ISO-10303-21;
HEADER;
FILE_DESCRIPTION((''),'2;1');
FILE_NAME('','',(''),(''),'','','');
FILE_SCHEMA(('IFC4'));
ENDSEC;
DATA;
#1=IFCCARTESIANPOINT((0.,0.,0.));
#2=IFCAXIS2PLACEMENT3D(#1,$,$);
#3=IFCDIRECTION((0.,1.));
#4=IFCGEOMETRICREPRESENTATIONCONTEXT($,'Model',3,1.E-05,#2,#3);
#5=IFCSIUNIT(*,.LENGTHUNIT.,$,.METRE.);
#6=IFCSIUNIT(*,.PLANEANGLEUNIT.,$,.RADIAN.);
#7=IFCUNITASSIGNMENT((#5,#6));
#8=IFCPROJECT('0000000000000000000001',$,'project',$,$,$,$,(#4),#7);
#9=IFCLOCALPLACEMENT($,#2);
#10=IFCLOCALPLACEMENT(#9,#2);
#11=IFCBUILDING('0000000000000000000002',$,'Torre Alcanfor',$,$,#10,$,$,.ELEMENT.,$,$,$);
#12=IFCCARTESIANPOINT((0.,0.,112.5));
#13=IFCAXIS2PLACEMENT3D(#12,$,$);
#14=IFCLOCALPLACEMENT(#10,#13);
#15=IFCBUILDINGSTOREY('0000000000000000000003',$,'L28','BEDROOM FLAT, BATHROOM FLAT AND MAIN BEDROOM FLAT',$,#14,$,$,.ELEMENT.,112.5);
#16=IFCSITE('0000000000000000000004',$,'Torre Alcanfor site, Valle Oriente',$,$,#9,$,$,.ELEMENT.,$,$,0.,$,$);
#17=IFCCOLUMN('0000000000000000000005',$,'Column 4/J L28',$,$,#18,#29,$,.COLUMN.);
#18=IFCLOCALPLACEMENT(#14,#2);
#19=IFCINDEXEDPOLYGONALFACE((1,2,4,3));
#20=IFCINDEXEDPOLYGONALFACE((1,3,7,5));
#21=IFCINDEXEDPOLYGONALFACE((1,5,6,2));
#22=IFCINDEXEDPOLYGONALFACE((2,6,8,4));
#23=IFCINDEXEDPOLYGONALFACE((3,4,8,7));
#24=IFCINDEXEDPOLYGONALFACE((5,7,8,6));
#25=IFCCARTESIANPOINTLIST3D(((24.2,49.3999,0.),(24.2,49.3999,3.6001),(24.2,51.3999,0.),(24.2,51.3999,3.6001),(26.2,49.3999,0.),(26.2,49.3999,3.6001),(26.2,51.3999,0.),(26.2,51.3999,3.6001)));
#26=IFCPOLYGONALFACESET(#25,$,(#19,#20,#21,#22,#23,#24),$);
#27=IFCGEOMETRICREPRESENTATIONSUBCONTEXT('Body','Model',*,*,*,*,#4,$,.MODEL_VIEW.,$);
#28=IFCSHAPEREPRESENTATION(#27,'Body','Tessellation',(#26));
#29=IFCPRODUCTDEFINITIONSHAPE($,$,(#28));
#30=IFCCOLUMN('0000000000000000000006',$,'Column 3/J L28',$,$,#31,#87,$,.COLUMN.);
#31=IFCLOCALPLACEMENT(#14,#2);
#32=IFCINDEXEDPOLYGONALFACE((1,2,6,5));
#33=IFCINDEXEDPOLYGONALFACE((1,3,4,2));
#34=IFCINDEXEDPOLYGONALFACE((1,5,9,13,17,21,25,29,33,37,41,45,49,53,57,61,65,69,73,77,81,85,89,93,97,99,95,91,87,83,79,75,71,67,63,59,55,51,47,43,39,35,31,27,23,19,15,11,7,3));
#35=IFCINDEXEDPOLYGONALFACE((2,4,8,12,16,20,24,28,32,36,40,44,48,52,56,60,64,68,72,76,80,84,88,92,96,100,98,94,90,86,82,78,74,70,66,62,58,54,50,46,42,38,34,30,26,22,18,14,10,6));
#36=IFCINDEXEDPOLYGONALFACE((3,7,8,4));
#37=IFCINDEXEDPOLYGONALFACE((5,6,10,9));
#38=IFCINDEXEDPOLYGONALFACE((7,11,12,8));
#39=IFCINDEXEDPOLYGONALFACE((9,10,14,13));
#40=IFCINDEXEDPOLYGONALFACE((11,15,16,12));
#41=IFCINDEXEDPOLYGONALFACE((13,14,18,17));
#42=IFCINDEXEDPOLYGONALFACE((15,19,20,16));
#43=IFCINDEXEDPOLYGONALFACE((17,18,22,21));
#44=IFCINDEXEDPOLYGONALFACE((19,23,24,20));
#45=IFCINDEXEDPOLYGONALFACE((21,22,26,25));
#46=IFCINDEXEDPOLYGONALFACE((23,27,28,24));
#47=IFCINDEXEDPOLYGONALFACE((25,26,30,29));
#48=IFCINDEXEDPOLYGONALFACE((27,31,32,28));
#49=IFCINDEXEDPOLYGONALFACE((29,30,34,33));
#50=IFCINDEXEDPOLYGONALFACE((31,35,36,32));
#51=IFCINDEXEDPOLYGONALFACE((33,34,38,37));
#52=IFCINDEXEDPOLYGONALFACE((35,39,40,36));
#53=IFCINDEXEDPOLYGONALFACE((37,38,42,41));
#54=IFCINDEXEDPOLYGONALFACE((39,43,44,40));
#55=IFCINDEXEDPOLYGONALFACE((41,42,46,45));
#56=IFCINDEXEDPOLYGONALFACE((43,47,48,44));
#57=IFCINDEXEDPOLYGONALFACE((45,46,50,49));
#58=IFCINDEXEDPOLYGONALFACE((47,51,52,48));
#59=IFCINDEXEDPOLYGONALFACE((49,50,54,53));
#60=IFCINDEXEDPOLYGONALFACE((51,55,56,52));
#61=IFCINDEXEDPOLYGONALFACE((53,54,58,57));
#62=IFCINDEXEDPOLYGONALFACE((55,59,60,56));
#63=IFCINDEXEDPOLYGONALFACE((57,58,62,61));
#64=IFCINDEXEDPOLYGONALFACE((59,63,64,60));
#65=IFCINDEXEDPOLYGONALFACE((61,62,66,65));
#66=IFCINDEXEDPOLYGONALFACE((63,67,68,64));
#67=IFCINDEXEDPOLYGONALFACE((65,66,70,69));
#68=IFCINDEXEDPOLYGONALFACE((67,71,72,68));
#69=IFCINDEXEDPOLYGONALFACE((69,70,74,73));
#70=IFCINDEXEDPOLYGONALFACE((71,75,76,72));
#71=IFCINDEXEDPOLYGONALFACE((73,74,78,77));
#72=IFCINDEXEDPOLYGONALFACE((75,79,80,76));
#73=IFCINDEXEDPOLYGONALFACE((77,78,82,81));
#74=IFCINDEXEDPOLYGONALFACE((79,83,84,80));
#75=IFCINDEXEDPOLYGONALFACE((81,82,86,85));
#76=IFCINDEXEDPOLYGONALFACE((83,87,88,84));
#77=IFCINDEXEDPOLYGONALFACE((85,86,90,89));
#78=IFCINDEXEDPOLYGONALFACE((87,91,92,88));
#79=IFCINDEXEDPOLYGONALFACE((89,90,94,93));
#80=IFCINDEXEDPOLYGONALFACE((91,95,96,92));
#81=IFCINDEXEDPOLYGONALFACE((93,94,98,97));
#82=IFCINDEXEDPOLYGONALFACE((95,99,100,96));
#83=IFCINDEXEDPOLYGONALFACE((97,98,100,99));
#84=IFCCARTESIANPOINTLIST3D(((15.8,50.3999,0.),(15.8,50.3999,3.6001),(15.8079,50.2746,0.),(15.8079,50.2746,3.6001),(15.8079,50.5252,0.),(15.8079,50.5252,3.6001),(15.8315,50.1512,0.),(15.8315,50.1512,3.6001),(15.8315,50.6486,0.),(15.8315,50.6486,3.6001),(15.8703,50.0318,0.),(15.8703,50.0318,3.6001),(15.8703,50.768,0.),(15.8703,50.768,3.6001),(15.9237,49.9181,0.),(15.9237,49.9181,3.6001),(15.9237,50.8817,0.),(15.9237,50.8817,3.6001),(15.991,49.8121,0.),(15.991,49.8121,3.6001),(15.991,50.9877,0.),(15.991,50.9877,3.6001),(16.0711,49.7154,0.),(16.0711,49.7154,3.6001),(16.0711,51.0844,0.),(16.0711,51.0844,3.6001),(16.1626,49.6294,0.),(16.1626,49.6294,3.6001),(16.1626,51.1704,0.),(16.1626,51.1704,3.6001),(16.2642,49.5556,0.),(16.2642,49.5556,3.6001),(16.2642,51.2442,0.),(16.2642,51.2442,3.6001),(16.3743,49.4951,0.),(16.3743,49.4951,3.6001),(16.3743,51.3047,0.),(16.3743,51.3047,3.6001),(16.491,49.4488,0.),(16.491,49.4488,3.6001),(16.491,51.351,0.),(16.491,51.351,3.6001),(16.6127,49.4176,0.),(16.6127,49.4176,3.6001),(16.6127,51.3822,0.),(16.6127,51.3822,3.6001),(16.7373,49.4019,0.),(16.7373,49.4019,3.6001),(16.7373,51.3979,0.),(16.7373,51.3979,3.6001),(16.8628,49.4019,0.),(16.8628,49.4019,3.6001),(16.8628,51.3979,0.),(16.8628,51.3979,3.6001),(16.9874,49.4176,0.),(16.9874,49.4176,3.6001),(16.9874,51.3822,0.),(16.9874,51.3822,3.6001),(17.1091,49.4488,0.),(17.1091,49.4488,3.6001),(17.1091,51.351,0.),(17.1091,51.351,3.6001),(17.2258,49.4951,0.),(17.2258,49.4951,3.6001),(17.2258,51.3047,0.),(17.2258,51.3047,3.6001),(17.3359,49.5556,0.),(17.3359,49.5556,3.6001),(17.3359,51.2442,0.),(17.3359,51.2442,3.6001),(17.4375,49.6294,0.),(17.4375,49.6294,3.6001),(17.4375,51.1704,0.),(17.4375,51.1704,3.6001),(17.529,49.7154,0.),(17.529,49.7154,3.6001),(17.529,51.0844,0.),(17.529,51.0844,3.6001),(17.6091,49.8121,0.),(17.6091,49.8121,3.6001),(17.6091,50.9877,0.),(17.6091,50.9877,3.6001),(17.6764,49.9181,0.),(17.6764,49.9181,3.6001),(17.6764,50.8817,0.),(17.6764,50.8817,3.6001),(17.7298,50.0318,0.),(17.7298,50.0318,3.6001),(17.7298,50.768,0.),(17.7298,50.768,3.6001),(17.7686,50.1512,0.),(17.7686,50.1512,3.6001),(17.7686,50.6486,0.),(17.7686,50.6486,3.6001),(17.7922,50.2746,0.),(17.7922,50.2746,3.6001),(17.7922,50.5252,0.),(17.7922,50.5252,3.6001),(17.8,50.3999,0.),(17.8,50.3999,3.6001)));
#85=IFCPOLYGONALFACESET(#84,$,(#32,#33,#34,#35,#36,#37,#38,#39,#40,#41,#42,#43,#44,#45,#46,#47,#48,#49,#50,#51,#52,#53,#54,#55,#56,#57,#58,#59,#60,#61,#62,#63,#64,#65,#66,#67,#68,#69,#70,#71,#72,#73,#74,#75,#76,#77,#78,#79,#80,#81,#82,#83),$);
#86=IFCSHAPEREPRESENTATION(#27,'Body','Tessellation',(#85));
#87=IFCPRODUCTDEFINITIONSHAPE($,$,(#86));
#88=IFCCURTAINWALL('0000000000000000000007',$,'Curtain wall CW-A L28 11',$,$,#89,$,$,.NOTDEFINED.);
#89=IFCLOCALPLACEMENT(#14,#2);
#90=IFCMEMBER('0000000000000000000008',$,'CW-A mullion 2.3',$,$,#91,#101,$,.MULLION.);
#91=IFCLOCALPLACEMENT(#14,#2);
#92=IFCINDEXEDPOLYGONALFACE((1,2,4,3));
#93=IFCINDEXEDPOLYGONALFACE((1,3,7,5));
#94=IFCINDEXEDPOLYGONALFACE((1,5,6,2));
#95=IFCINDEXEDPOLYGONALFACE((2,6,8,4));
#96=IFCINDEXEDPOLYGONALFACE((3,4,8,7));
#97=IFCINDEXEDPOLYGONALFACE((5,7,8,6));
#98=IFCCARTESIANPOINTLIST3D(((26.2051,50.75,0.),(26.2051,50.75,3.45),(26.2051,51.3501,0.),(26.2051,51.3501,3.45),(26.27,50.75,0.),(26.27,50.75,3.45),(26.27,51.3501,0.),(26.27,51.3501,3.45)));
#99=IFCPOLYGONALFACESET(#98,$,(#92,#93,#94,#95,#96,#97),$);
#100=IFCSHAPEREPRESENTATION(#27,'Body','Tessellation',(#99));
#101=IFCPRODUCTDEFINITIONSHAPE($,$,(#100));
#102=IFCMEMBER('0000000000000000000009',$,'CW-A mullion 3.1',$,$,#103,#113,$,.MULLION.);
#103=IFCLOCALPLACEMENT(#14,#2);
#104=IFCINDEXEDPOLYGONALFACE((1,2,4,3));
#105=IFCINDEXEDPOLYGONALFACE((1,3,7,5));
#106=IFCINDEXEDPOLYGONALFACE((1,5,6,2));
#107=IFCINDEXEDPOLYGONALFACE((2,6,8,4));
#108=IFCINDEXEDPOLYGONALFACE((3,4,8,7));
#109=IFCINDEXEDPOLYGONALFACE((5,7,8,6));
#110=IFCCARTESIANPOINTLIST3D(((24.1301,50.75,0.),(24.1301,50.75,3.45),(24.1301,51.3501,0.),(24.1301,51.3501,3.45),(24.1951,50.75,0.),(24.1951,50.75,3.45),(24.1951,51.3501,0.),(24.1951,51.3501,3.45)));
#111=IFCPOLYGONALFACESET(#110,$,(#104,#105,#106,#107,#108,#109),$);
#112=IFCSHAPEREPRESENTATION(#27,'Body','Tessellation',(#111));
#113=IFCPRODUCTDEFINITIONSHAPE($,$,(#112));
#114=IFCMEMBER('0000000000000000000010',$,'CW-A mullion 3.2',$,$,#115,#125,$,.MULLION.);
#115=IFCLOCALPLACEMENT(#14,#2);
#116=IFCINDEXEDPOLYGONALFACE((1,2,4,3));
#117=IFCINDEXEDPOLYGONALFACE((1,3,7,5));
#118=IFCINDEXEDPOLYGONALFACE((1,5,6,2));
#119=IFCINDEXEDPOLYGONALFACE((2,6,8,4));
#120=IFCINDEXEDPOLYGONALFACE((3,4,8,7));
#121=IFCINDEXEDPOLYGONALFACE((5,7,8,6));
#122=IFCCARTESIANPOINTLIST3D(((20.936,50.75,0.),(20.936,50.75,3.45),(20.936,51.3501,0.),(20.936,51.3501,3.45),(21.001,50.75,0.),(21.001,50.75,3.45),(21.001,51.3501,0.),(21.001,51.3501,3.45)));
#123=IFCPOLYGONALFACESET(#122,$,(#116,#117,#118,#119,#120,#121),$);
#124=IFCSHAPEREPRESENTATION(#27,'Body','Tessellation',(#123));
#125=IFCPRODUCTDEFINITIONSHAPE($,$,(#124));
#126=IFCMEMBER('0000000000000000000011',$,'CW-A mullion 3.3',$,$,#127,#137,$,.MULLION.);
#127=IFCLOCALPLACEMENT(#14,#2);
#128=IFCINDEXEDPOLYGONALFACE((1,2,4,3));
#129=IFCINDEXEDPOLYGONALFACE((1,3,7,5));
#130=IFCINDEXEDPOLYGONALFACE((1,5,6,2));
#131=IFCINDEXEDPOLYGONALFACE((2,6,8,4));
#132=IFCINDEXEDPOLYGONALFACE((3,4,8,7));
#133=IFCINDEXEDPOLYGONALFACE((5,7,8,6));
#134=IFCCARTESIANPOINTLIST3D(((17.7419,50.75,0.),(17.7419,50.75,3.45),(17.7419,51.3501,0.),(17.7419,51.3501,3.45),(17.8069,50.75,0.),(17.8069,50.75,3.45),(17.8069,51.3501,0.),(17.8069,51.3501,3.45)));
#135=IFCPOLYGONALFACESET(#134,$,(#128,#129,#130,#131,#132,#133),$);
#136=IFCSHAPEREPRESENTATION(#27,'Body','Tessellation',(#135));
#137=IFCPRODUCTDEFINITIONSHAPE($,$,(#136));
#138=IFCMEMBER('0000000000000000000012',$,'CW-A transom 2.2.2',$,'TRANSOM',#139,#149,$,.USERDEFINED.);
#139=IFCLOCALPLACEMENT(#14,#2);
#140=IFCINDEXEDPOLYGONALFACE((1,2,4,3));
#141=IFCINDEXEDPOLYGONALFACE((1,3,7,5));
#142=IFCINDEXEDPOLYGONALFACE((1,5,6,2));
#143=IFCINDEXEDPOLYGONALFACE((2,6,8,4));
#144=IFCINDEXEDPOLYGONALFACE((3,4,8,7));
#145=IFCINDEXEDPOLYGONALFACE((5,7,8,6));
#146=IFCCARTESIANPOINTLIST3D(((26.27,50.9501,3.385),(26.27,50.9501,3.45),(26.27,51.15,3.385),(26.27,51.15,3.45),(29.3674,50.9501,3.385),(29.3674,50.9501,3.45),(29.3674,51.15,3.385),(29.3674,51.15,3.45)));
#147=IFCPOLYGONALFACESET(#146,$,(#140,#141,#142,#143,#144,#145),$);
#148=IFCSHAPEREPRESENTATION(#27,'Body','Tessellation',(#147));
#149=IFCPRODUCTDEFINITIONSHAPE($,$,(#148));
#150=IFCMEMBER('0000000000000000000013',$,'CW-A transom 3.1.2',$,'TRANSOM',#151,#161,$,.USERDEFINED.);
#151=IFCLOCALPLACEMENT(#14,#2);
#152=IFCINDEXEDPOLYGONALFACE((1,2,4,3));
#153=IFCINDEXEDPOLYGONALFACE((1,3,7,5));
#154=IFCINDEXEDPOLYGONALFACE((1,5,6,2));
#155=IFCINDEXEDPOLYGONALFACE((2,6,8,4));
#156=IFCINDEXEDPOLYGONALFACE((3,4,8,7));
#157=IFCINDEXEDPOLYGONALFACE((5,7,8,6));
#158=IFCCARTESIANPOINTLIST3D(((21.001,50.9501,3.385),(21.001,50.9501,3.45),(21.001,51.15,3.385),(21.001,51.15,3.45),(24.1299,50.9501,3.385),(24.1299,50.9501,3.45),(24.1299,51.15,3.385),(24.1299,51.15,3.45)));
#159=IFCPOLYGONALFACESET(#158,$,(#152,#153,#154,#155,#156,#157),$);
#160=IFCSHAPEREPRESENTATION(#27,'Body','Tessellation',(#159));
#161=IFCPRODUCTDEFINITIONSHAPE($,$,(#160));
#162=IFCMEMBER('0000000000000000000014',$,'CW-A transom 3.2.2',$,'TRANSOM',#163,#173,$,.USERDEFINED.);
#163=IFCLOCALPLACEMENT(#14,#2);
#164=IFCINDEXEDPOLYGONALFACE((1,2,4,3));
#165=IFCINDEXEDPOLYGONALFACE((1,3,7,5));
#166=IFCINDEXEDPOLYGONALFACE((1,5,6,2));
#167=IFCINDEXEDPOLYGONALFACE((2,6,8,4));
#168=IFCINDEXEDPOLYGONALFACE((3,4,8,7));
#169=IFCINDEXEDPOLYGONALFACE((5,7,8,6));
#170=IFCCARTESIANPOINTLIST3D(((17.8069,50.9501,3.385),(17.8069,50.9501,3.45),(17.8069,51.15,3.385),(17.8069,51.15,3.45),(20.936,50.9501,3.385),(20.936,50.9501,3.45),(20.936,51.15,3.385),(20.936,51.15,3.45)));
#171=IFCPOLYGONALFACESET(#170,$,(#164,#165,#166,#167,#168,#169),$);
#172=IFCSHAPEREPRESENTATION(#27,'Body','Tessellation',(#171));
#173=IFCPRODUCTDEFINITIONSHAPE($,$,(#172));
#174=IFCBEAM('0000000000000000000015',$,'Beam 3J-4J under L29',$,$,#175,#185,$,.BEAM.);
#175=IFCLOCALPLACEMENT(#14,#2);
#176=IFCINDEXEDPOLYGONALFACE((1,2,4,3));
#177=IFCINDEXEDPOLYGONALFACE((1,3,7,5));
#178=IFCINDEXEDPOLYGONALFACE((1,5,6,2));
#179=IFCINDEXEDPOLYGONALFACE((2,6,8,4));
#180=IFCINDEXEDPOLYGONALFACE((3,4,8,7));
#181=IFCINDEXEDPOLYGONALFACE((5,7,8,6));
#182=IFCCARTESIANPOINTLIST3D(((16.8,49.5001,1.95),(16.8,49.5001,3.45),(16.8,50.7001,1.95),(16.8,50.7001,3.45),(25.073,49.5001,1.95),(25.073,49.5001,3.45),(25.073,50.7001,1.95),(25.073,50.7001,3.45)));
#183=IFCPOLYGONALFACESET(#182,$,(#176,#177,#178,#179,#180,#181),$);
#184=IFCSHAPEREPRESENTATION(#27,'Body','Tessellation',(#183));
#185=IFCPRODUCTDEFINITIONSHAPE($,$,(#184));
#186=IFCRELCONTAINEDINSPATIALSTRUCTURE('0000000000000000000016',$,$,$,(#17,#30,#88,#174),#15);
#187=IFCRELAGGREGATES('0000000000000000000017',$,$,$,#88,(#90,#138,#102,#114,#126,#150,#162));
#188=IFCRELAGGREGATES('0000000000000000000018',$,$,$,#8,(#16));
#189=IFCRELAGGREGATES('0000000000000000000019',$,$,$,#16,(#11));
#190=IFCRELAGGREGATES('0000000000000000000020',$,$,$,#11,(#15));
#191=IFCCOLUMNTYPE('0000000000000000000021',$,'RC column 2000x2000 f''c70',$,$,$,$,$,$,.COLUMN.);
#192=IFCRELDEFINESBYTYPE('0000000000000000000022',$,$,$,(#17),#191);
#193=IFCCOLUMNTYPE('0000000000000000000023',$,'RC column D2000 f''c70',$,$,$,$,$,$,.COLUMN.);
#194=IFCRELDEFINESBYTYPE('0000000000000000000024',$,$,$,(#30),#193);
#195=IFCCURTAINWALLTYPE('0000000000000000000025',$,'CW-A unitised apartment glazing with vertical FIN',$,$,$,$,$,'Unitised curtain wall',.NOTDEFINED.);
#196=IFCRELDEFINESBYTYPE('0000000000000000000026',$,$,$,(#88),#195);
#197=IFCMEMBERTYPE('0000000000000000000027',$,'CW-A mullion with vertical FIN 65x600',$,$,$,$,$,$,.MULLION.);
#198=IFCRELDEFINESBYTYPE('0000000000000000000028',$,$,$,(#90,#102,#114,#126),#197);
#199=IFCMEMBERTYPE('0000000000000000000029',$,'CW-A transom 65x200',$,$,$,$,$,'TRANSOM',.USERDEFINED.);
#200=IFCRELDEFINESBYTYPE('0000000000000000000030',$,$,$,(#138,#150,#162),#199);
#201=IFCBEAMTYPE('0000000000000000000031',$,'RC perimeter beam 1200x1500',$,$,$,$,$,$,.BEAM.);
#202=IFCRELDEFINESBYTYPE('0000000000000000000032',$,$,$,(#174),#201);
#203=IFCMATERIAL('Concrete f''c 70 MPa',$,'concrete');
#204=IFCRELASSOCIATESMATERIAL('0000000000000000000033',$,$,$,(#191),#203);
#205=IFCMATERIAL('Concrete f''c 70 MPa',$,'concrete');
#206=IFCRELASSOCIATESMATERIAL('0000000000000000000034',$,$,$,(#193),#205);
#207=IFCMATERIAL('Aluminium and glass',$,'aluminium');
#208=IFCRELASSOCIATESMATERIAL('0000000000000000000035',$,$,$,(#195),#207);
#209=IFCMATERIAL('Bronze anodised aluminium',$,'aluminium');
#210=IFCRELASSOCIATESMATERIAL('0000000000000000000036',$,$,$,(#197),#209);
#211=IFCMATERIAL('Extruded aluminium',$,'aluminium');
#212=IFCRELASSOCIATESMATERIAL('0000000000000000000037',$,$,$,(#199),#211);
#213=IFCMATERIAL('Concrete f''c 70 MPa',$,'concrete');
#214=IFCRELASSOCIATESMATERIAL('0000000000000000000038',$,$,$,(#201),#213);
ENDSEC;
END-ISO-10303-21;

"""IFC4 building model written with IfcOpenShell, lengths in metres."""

from ifc_helpers import new_model, si_unit, direction, frame, origin, origin_2d, place, context, subcontext, project, spatial, rectangle, circle, extrude, material, material_profile, profile_set, type_object, element, aggregate, save


model = new_model("IFC4")

# Units and contexts
model_context = context("Model", 3, precision=1e-05, world=origin(), true_north=direction((0.0, 1.0)))
body_context = subcontext(model_context, "Body", "Model", "MODEL_VIEW")
ifc_project = project(units=[si_unit("LENGTHUNIT", "METRE"), si_unit("PLANEANGLEUNIT", "RADIAN")], contexts=[model_context])

# Site, building, storey
site_placement = place(None, origin())
site = spatial("IfcSite", under=ifc_project, at=site_placement, Name="Torre Alcanfor site, Valle Oriente", CompositionType="ELEMENT", RefElevation=0.0)
building_placement = place(site_placement, origin())
building = spatial("IfcBuilding", under=site, at=building_placement, Name="Torre Alcanfor", CompositionType="ELEMENT")
storey_placement = place(building_placement, frame((0.0, 0.0, 112.5)))
storey = spatial("IfcBuildingStorey", under=building, at=storey_placement, Name="L28", Description="BEDROOM FLAT, BATHROOM FLAT AND MAIN BEDROOM FLAT", CompositionType="ELEMENT", Elevation=112.5)

# Columns
ifc_material_1 = material(Name="Concrete f'c 70 MPa", Category="concrete")
ifc_material_profile_1 = material_profile(ifc_material_1, rectangle(XDim=2.0, YDim=2.0, at=origin_2d()), Name="2000x2000")
ifc_profile_set_1 = profile_set([ifc_material_profile_1], Name="Concrete f'c 70 MPa")
column_type_1 = type_object("IfcColumnType", Name="RC column 2000x2000 f'c70", PredefinedType="COLUMN", material=ifc_profile_set_1)
column_1_placement = place(storey_placement, frame((25.2, 50.3999, 0.0), z_axis=(0.0, 0.0, 1.0), x_axis=(1.0, 0.0, 0.0)))
element("IfcColumn", 1, at=column_1_placement, inside=storey, type_object=column_type_1, Name="Column 4/J L28", PredefinedType="COLUMN", context=body_context, shape_type="SweptSolid", body=[
    extrude(rectangle(XDim=2.0, YDim=2.0, at=origin_2d()), origin(), (0.0, 0.0, 1.0), 3.6001),
])
ifc_material_2 = material(Name="Concrete f'c 70 MPa", Category="concrete")
ifc_material_profile_2 = material_profile(ifc_material_2, circle(Radius=1.0, at=origin_2d()), Name="D2000")
ifc_profile_set_2 = profile_set([ifc_material_profile_2], Name="Concrete f'c 70 MPa")
column_type_2 = type_object("IfcColumnType", Name="RC column D2000 f'c70", PredefinedType="COLUMN", material=ifc_profile_set_2)
column_2_placement = place(storey_placement, frame((16.8, 50.3999, 0.0), z_axis=(0.0, 0.0, 1.0), x_axis=(1.0, 0.0, 0.0)))
element("IfcColumn", 2, at=column_2_placement, inside=storey, type_object=column_type_2, Name="Column 3/J L28", PredefinedType="COLUMN", context=body_context, shape_type="SweptSolid", body=[
    extrude(circle(Radius=1.0, at=origin_2d()), origin(), (0.0, 0.0, 1.0), 3.6001),
])

# Curtain wall, members
ifc_material_3 = material(Name="Aluminium and glass", Category="aluminium")
curtain_wall_type = type_object("IfcCurtainWallType", Name="CW-A unitised apartment glazing with vertical FIN", ElementType="Unitised curtain wall", PredefinedType="NOTDEFINED", material=ifc_material_3)
curtain_wall_placement = place(storey_placement, origin())
curtain_wall = element("IfcCurtainWall", 3, at=curtain_wall_placement, inside=storey, type_object=curtain_wall_type, Name="Curtain wall CW-A L28 11", PredefinedType="NOTDEFINED")
ifc_material_4 = material(Name="Bronze anodised aluminium", Category="aluminium")
ifc_material_profile_3 = material_profile(ifc_material_4, rectangle(XDim=0.6001, YDim=0.0649, at=origin_2d()), Name="CW-A mullion 65x600")
ifc_profile_set_3 = profile_set([ifc_material_profile_3], Name="Bronze anodised aluminium")
member_type_1 = type_object("IfcMemberType", Name="CW-A mullion with vertical FIN 65x600", PredefinedType="MULLION", material=ifc_profile_set_3)
member_1_placement = place(storey_placement, frame((26.2375, 51.05, 0.0), z_axis=(0.0, 0.0, 1.0), x_axis=(0.0, -1.0, 0.0)))
member_1 = element("IfcMember", 4, at=member_1_placement, type_object=member_type_1, Name="CW-A mullion 2.3", PredefinedType="MULLION", context=body_context, shape_type="SweptSolid", body=[
    extrude(rectangle(XDim=0.6001, YDim=0.0649, at=origin_2d()), origin(), (0.0, 0.0, 1.0), 3.45),
])
member_2_placement = place(storey_placement, frame((24.1626, 51.05, 0.0), z_axis=(0.0, 0.0, 1.0), x_axis=(0.0, -1.0, 0.0)))
member_2 = element("IfcMember", 5, at=member_2_placement, type_object=member_type_1, Name="CW-A mullion 3.1", PredefinedType="MULLION", context=body_context, shape_type="SweptSolid", body=[
    extrude(rectangle(XDim=0.6001, YDim=0.0649, at=origin_2d()), origin(), (0.0, 0.0, 1.0), 3.45),
])
member_3_placement = place(storey_placement, frame((20.9685, 51.05, 0.0), z_axis=(0.0, 0.0, 1.0), x_axis=(0.0, -1.0, 0.0)))
member_3 = element("IfcMember", 6, at=member_3_placement, type_object=member_type_1, Name="CW-A mullion 3.2", PredefinedType="MULLION", context=body_context, shape_type="SweptSolid", body=[
    extrude(rectangle(XDim=0.6001, YDim=0.0649, at=origin_2d()), origin(), (0.0, 0.0, 1.0), 3.45),
])
member_4_placement = place(storey_placement, frame((17.7744, 51.05, 0.0), z_axis=(0.0, 0.0, 1.0), x_axis=(0.0, -1.0, 0.0)))
member_4 = element("IfcMember", 7, at=member_4_placement, type_object=member_type_1, Name="CW-A mullion 3.3", PredefinedType="MULLION", context=body_context, shape_type="SweptSolid", body=[
    extrude(rectangle(XDim=0.6001, YDim=0.0649, at=origin_2d()), origin(), (0.0, 0.0, 1.0), 3.45),
])
ifc_material_5 = material(Name="Extruded aluminium", Category="aluminium")
ifc_material_profile_4 = material_profile(ifc_material_5, rectangle(XDim=0.2, YDim=0.0649, at=origin_2d()), Name="CW-A transom 200x65")
ifc_profile_set_4 = profile_set([ifc_material_profile_4], Name="Extruded aluminium")
member_type_2 = type_object("IfcMemberType", Name="CW-A transom 65x200", ElementType="TRANSOM", PredefinedType="USERDEFINED", material=ifc_profile_set_4)
member_5_placement = place(storey_placement, frame((29.3674, 51.05, 3.4175), z_axis=(-1.0, 0.0, 0.0), x_axis=(0.0, -1.0, 0.0)))
member_5 = element("IfcMember", 8, at=member_5_placement, type_object=member_type_2, Name="CW-A transom 2.2.2", ObjectType="TRANSOM", PredefinedType="USERDEFINED", context=body_context, shape_type="SweptSolid", body=[
    extrude(rectangle(XDim=0.2, YDim=0.0649, at=origin_2d()), origin(), (0.0, 0.0, 1.0), 3.0974),
])
member_6_placement = place(storey_placement, frame((24.1299, 51.05, 3.4175), z_axis=(-1.0, 0.0, 0.0), x_axis=(0.0, -1.0, 0.0)))
member_6 = element("IfcMember", 9, at=member_6_placement, type_object=member_type_2, Name="CW-A transom 3.1.2", ObjectType="TRANSOM", PredefinedType="USERDEFINED", context=body_context, shape_type="SweptSolid", body=[
    extrude(rectangle(XDim=0.2, YDim=0.0649, at=origin_2d()), origin(), (0.0, 0.0, 1.0), 3.1289),
])
member_7_placement = place(storey_placement, frame((20.936, 51.05, 3.4175), z_axis=(-1.0, 0.0, 0.0), x_axis=(0.0, -1.0, 0.0)))
member_7 = element("IfcMember", 10, at=member_7_placement, type_object=member_type_2, Name="CW-A transom 3.2.2", ObjectType="TRANSOM", PredefinedType="USERDEFINED", context=body_context, shape_type="SweptSolid", body=[
    extrude(rectangle(XDim=0.2, YDim=0.0649, at=origin_2d()), origin(), (0.0, 0.0, 1.0), 3.1292),
])

# Beam
ifc_material_6 = material(Name="Concrete f'c 70 MPa", Category="concrete")
ifc_material_profile_5 = material_profile(ifc_material_6, rectangle(XDim=1.2, YDim=1.5, at=origin_2d()), Name="1200x1500")
ifc_profile_set_5 = profile_set([ifc_material_profile_5], Name="Concrete f'c 70 MPa")
beam_type = type_object("IfcBeamType", Name="RC perimeter beam 1200x1500", PredefinedType="BEAM", material=ifc_profile_set_5)
beam_1_placement = place(storey_placement, frame((16.8, 50.1001, 2.7), z_axis=(1.0, 0.0, 0.0), x_axis=(0.0, 1.0, 0.0)))
element("IfcBeam", 11, at=beam_1_placement, inside=storey, type_object=beam_type, Name="Beam 3J-4J under L29", PredefinedType="BEAM", context=body_context, shape_type="SweptSolid", body=[
    extrude(rectangle(XDim=1.2, YDim=1.5, at=origin_2d()), origin(), (0.0, 0.0, 1.0), 8.2729),
])

aggregate(curtain_wall, [member_1, member_5, member_2, member_3, member_4, member_6, member_7])

save(model, "model.ifc")
